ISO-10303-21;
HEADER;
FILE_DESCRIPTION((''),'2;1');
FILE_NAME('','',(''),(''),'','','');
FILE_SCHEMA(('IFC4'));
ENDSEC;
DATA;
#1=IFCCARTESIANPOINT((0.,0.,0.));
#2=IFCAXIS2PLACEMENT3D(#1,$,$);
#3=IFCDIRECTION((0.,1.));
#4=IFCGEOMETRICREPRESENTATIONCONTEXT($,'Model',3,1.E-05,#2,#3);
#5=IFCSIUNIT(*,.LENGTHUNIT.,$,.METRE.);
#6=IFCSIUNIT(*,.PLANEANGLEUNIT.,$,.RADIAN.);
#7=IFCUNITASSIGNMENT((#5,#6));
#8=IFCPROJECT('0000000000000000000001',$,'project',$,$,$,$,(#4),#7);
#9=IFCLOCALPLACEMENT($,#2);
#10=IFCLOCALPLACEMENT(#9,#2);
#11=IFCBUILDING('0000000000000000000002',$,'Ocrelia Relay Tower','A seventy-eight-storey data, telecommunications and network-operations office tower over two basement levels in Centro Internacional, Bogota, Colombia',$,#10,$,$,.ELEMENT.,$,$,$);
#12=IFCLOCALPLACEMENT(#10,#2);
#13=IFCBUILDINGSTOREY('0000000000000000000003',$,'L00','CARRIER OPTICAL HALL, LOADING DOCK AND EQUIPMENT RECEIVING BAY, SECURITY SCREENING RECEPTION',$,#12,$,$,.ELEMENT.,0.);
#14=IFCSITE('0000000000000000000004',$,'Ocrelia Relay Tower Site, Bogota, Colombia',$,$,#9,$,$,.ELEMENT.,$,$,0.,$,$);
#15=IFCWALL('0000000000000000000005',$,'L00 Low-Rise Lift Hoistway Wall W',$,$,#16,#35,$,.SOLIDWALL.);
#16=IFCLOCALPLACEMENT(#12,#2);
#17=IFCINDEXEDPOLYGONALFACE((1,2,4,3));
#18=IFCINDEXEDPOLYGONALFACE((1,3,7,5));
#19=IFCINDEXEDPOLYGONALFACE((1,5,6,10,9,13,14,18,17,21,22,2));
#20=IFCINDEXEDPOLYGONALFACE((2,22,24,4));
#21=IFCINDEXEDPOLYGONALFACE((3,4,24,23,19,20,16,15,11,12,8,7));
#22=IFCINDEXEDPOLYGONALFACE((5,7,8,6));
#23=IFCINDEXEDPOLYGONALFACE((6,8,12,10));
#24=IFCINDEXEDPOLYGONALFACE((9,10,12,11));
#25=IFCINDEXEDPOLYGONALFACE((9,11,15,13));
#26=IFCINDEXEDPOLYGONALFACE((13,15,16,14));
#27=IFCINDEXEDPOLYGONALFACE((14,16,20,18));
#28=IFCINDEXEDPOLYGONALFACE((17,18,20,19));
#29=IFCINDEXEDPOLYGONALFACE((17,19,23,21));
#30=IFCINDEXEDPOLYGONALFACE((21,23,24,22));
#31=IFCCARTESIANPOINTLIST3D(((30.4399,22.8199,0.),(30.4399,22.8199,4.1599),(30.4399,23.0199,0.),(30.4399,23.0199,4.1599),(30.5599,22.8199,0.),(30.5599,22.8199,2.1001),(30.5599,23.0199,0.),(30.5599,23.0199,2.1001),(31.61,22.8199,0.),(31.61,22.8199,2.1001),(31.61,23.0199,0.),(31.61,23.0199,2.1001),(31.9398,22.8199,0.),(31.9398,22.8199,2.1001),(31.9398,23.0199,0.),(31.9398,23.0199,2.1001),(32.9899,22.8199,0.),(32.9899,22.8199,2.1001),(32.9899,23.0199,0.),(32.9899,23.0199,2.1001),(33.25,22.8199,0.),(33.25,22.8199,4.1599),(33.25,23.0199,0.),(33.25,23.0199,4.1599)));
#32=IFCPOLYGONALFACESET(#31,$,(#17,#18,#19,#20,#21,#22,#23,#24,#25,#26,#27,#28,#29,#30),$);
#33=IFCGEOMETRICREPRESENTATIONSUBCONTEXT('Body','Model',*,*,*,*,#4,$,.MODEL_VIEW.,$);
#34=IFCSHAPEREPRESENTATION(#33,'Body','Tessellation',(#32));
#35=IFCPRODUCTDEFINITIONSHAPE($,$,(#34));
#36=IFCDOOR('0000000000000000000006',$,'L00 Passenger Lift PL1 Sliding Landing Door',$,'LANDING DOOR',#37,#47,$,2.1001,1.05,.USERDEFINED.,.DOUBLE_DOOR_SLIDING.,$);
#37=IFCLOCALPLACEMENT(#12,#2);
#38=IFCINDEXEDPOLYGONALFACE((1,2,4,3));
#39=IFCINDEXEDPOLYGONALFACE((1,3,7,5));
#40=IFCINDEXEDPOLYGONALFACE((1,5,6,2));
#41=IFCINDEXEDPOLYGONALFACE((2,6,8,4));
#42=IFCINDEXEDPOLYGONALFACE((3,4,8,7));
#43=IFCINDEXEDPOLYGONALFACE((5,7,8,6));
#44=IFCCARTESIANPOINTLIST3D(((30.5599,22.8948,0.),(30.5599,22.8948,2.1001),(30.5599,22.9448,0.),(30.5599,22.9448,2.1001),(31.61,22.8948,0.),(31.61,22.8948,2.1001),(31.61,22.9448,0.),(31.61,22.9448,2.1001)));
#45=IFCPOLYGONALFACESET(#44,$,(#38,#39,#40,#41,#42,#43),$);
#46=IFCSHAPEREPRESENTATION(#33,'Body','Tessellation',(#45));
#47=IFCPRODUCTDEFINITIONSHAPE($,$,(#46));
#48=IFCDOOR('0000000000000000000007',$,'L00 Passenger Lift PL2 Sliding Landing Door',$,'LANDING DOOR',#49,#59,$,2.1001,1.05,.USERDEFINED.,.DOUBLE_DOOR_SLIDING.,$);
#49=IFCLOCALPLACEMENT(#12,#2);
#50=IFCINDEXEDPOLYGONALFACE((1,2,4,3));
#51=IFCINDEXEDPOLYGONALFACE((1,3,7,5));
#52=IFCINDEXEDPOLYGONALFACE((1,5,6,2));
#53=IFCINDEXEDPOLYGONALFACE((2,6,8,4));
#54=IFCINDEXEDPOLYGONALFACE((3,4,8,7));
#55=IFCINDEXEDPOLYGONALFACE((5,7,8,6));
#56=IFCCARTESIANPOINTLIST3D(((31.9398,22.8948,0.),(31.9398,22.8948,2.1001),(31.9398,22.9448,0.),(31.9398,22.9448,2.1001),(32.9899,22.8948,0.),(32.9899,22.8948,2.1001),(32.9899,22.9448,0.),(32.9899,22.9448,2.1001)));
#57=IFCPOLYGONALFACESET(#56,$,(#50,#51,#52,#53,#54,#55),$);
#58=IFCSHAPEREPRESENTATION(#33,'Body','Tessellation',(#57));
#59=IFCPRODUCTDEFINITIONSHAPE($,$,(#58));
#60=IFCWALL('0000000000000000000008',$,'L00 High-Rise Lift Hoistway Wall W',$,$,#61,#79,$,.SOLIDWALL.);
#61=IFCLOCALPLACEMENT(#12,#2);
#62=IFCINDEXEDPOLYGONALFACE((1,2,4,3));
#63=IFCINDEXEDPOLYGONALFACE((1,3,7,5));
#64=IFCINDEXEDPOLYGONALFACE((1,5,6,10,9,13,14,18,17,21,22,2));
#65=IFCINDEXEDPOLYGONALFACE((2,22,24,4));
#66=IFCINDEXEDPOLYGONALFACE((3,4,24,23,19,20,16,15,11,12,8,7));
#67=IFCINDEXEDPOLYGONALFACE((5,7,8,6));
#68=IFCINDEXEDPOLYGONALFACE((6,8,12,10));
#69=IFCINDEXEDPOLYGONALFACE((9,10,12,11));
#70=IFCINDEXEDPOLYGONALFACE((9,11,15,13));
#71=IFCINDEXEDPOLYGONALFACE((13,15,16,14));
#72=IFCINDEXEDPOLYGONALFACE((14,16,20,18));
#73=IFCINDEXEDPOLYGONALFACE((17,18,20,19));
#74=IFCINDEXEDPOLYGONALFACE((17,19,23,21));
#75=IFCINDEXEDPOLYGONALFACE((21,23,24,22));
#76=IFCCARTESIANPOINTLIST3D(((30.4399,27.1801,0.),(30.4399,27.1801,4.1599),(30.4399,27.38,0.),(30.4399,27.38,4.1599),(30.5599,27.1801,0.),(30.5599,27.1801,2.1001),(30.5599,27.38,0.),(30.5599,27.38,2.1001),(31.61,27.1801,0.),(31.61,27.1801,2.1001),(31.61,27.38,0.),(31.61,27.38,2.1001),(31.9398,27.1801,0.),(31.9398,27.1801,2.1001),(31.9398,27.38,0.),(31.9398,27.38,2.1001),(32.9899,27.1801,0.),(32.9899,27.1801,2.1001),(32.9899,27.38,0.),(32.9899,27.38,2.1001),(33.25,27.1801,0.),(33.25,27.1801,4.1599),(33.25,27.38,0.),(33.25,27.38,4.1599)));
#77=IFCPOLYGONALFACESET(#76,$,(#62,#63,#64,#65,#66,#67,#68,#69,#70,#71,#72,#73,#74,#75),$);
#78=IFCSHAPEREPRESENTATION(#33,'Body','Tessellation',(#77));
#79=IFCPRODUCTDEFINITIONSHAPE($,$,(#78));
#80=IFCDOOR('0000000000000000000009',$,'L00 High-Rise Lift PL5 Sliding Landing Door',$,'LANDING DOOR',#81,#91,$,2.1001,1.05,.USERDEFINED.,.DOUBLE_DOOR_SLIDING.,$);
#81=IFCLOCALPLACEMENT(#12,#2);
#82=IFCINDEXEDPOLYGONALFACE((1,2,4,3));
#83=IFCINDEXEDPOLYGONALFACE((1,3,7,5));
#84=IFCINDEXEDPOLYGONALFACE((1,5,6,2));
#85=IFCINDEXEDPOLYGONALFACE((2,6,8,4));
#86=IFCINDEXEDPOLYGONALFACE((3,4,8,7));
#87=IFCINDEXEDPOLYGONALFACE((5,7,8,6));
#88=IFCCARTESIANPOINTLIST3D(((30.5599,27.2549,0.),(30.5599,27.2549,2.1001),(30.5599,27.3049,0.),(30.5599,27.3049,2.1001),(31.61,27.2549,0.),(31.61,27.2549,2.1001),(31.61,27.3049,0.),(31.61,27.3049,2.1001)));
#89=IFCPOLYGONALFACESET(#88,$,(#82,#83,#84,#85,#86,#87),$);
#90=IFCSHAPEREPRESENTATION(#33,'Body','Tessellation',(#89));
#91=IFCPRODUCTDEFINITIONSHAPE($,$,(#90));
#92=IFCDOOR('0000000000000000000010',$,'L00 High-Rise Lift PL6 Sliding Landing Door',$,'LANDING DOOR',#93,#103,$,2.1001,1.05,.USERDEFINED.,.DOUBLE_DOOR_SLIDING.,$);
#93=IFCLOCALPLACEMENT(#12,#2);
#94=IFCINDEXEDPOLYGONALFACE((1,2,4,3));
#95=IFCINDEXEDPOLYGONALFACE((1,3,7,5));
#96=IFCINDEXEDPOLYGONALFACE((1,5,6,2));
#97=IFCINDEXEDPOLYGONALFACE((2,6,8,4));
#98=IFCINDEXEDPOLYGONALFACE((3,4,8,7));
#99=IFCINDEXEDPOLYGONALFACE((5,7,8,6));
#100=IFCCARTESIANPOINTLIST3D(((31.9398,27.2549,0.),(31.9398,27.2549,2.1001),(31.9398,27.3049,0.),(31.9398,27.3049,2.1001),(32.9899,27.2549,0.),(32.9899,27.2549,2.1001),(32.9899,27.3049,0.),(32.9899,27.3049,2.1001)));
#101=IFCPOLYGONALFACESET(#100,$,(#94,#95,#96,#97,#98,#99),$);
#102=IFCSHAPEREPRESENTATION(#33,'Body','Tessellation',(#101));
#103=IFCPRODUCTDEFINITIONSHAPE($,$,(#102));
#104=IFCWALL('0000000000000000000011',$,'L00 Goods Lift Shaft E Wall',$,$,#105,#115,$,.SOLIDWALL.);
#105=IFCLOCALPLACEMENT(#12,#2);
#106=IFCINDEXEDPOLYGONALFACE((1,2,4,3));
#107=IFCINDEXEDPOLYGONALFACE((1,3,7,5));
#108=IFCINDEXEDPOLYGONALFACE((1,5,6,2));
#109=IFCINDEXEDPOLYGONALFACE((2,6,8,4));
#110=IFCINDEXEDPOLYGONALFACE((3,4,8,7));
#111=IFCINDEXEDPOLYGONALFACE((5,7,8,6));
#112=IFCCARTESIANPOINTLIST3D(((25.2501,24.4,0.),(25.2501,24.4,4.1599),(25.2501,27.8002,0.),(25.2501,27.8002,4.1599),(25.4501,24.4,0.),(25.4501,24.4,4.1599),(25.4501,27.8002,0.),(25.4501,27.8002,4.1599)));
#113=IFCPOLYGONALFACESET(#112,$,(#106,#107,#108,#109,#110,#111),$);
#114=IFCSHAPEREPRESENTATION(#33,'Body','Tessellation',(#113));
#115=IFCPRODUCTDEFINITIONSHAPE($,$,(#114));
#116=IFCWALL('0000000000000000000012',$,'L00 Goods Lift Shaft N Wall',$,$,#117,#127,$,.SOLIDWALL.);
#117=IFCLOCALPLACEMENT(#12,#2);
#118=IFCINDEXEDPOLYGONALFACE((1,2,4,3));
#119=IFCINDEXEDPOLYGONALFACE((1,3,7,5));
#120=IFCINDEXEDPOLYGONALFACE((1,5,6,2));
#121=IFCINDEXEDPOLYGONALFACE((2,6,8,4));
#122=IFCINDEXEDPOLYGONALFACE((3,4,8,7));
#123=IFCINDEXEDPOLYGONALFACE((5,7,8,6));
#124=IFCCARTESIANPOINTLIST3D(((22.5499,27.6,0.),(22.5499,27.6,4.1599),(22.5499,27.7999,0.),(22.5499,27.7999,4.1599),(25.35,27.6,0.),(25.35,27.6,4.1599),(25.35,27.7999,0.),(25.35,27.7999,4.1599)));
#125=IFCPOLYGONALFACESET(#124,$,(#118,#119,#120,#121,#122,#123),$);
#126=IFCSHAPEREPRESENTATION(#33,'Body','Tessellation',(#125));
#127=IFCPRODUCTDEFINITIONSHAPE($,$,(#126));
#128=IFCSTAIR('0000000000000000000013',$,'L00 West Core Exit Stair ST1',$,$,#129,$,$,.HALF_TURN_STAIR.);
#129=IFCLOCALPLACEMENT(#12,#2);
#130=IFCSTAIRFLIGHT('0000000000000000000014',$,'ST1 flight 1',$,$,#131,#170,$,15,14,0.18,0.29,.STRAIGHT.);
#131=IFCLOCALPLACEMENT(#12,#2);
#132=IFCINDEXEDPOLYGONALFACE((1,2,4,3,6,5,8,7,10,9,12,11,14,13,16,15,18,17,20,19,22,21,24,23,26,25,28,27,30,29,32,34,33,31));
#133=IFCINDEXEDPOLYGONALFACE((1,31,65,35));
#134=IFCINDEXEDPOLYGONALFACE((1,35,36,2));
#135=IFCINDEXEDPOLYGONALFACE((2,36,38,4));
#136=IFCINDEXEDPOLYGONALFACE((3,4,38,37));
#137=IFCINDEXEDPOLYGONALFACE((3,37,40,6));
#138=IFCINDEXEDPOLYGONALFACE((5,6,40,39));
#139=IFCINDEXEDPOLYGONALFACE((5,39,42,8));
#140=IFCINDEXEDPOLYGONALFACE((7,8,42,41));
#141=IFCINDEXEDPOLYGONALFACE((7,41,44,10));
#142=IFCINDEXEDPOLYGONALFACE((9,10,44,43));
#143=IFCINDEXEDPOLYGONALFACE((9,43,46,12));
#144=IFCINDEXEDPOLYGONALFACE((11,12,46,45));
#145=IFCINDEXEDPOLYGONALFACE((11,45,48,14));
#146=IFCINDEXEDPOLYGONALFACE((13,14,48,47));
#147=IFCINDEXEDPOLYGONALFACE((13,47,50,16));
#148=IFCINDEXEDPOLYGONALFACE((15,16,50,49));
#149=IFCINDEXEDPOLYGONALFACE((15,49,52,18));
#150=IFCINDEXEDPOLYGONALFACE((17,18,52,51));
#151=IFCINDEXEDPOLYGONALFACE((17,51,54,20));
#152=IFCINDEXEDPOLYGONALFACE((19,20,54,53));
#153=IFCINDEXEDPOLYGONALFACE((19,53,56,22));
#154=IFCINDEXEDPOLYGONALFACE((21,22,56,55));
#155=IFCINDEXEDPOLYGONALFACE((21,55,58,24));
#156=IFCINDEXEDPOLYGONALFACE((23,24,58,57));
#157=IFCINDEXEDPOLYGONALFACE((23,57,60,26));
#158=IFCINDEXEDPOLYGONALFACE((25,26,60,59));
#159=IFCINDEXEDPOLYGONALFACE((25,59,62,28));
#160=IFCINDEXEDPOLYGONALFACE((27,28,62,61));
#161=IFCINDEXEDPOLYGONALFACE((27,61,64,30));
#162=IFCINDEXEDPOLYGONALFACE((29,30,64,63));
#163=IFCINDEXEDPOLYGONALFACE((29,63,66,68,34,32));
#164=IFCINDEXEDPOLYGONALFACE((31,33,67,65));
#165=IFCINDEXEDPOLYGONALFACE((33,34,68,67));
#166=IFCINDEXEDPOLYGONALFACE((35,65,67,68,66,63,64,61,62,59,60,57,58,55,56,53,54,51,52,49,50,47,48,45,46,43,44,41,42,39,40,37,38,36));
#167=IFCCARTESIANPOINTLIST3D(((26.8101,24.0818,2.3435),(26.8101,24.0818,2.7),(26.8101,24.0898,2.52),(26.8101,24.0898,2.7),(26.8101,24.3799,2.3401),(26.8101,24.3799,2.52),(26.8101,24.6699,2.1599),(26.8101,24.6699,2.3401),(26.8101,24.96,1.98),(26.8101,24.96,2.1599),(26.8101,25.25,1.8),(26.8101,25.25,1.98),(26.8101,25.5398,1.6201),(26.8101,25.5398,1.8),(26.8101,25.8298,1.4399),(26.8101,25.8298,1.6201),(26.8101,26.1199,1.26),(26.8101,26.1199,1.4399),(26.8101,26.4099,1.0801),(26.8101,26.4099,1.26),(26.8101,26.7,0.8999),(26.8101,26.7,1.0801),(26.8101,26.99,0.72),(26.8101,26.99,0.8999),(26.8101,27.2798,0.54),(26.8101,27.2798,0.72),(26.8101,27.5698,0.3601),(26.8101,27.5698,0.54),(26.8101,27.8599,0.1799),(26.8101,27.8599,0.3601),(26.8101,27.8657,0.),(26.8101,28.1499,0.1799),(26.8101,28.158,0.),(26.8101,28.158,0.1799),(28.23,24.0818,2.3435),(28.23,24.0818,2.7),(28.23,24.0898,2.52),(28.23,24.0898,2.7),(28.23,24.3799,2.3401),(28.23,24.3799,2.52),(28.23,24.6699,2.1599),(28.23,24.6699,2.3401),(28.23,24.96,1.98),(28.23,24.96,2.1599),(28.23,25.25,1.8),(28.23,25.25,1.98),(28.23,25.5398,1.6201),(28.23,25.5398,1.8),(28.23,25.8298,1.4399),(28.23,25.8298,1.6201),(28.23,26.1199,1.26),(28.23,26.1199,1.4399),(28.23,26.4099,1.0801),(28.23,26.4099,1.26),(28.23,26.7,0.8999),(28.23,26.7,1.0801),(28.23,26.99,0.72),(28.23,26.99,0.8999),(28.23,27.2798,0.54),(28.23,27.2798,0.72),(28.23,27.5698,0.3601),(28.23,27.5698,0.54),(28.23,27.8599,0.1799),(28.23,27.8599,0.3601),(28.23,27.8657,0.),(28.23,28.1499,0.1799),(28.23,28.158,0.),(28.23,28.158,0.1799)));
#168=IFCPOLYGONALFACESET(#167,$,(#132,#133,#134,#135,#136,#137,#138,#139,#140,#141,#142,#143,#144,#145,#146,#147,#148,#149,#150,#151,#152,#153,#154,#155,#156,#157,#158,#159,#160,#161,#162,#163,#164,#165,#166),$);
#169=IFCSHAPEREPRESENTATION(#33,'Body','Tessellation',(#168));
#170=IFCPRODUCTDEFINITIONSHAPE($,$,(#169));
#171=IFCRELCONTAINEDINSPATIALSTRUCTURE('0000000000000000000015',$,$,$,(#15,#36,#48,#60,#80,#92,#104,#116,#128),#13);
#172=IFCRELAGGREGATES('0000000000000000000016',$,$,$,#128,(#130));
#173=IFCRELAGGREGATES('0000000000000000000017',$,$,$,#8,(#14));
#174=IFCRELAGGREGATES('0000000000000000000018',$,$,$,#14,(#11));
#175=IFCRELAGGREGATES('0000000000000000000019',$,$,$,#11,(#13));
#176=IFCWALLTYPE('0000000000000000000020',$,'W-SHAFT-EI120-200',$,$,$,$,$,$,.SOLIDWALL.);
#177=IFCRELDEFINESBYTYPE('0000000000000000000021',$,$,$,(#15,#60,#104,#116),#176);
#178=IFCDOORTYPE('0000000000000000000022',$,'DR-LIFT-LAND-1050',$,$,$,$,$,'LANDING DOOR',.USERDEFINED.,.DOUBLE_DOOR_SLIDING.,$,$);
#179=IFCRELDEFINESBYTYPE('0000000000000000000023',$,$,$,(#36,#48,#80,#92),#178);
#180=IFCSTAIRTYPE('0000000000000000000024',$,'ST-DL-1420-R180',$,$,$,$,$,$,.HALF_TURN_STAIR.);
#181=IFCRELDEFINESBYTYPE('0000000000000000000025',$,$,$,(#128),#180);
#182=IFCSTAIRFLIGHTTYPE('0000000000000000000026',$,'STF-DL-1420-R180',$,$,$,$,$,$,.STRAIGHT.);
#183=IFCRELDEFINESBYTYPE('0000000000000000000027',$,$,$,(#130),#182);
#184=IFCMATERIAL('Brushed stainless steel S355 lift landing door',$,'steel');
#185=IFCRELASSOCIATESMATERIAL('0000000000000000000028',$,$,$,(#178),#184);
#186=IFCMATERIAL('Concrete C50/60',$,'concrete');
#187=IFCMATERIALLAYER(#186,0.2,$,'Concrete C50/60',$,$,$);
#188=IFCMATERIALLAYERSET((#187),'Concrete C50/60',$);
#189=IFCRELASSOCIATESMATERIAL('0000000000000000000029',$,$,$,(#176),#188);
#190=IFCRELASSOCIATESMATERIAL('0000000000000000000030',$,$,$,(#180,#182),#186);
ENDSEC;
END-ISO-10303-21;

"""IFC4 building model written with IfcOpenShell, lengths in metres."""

from ifc_helpers import new_model, si_unit, direction, frame, frame_2d, origin, place, context, subcontext, project, spatial, polyline, rectangle, outline, extrude, material, layer, layer_set, type_object, element, fill, aggregate, save


model = new_model("IFC4")

# Units and contexts
model_context = context("Model", 3, precision=1e-05, world=origin(), true_north=direction((0.0, 1.0)))
body_context = subcontext(model_context, "Body", "Model", "MODEL_VIEW")
ifc_project = project(units=[si_unit("LENGTHUNIT", "METRE"), si_unit("PLANEANGLEUNIT", "RADIAN")], contexts=[model_context])

# Site, building, storey
site_placement = place(None, origin())
site = spatial("IfcSite", under=ifc_project, at=site_placement, Name="Ocrelia Relay Tower Site, Bogota, Colombia", CompositionType="ELEMENT", RefElevation=0.0)
building_placement = place(site_placement, origin())
building = spatial("IfcBuilding", under=site, at=building_placement, Name="Ocrelia Relay Tower", Description="A seventy-eight-storey data, telecommunications and network-operations office tower over two basement levels in Centro Internacional, Bogota, Colombia", CompositionType="ELEMENT")
storey_placement = place(building_placement, origin())
storey = spatial("IfcBuildingStorey", under=building, at=storey_placement, Name="L00", Description="CARRIER OPTICAL HALL, LOADING DOCK AND EQUIPMENT RECEIVING BAY, SECURITY SCREENING RECEPTION", CompositionType="ELEMENT", Elevation=0.0)

# Shared definitions
ifc_material_1 = material(Name="Concrete C50/60", Category="concrete")

# Shared definitions
ifc_material_2 = material(Name="Brushed stainless steel S355 lift landing door", Category="steel")
door_type_1 = type_object("IfcDoorType", Name="DR-LIFT-LAND-1050", ElementType="LANDING DOOR", OperationType="DOUBLE_DOOR_SLIDING", PredefinedType="USERDEFINED", material=ifc_material_2)

# Shared definitions
ifc_layer_1 = layer(ifc_material_1, 0.2, Name="Concrete C50/60")
ifc_layer_set_1 = layer_set([ifc_layer_1], Name="Concrete C50/60")
wall_type_1 = type_object("IfcWallType", Name="W-SHAFT-EI120-200", PredefinedType="SOLIDWALL", material=ifc_layer_set_1)

# Walls, openings, doors
wall_1_placement = place(storey_placement, frame((30.4399, 22.9199, 0.0), z_axis=(0.0, 0.0, 1.0), x_axis=(1.0, 0.0, 0.0)))
wall_1 = element("IfcWall", 1, at=wall_1_placement, inside=storey, type_object=wall_type_1, Name="L00 Low-Rise Lift Hoistway Wall W", PredefinedType="SOLIDWALL", context=body_context, shape_type="SweptSolid", body=[
    extrude(rectangle(XDim=2.8101, YDim=0.2, at=frame_2d((1.405, 0.0))), origin(), (0.0, 0.0, 1.0), 4.1599),
])
opening_1_placement = place(wall_1_placement, frame((0.1201, 0.0, 0.0)))
opening_1 = element("IfcOpeningElement", 2, at=opening_1_placement, cuts=wall_1, PredefinedType="OPENING", context=body_context, shape_type="SweptSolid", body=[
    extrude(rectangle(XDim=1.05, YDim=2.1001, at=frame_2d((0.5249, 1.05))), frame((0.0, 0.1099, 0.0), z_axis=(0.0, -1.0, 0.0), x_axis=(1.0, 0.0, 0.0)), (0.0, 0.0, 1.0), 0.22),
])
opening_2_placement = place(wall_1_placement, frame((1.5, 0.0, 0.0)))
opening_2 = element("IfcOpeningElement", 3, at=opening_2_placement, cuts=wall_1, PredefinedType="OPENING", context=body_context, shape_type="SweptSolid", body=[
    extrude(rectangle(XDim=1.05, YDim=2.1001, at=frame_2d((0.5249, 1.05))), frame((0.0, 0.1099, 0.0), z_axis=(0.0, -1.0, 0.0), x_axis=(1.0, 0.0, 0.0)), (0.0, 0.0, 1.0), 0.22),
])
door_1_placement = place(opening_1_placement, origin())
door_1 = element("IfcDoor", 4, at=door_1_placement, inside=storey, type_object=door_type_1, Name="L00 Passenger Lift PL1 Sliding Landing Door", ObjectType="LANDING DOOR", OperationType="DOUBLE_DOOR_SLIDING", OverallHeight=2.1001, OverallWidth=1.05, PredefinedType="USERDEFINED", context=body_context, shape_type="SweptSolid", body=[
    extrude(rectangle(XDim=1.05, YDim=2.1001, at=frame_2d((0.5249, 1.05))), frame((0.0, 0.0249, 0.0), z_axis=(0.0, -1.0, 0.0), x_axis=(1.0, 0.0, 0.0)), (0.0, 0.0, 1.0), 0.05),
])
fill(opening_1, door_1)
door_2_placement = place(opening_2_placement, origin())
door_2 = element("IfcDoor", 5, at=door_2_placement, inside=storey, type_object=door_type_1, Name="L00 Passenger Lift PL2 Sliding Landing Door", ObjectType="LANDING DOOR", OperationType="DOUBLE_DOOR_SLIDING", OverallHeight=2.1001, OverallWidth=1.05, PredefinedType="USERDEFINED", context=body_context, shape_type="SweptSolid", body=[
    extrude(rectangle(XDim=1.05, YDim=2.1001, at=frame_2d((0.5249, 1.05))), frame((0.0, 0.0249, 0.0), z_axis=(0.0, -1.0, 0.0), x_axis=(1.0, 0.0, 0.0)), (0.0, 0.0, 1.0), 0.05),
])
fill(opening_2, door_2)
wall_2_placement = place(storey_placement, frame((30.4399, 27.28, 0.0), z_axis=(0.0, 0.0, 1.0), x_axis=(1.0, 0.0, 0.0)))
wall_2 = element("IfcWall", 6, at=wall_2_placement, inside=storey, type_object=wall_type_1, Name="L00 High-Rise Lift Hoistway Wall W", PredefinedType="SOLIDWALL", context=body_context, shape_type="SweptSolid", body=[
    extrude(rectangle(XDim=2.8101, YDim=0.2, at=frame_2d((1.405, 0.0))), origin(), (0.0, 0.0, 1.0), 4.1599),
])
opening_3_placement = place(wall_2_placement, frame((0.1201, 0.0, 0.0)))
opening_3 = element("IfcOpeningElement", 7, at=opening_3_placement, cuts=wall_2, PredefinedType="OPENING", context=body_context, shape_type="SweptSolid", body=[
    extrude(rectangle(XDim=1.05, YDim=2.1001, at=frame_2d((0.5249, 1.05))), frame((0.0, 0.1099, 0.0), z_axis=(0.0, -1.0, 0.0), x_axis=(1.0, 0.0, 0.0)), (0.0, 0.0, 1.0), 0.22),
])
opening_4_placement = place(wall_2_placement, frame((1.5, 0.0, 0.0)))
opening_4 = element("IfcOpeningElement", 8, at=opening_4_placement, cuts=wall_2, PredefinedType="OPENING", context=body_context, shape_type="SweptSolid", body=[
    extrude(rectangle(XDim=1.05, YDim=2.1001, at=frame_2d((0.5249, 1.05))), frame((0.0, 0.1099, 0.0), z_axis=(0.0, -1.0, 0.0), x_axis=(1.0, 0.0, 0.0)), (0.0, 0.0, 1.0), 0.22),
])
door_3_placement = place(opening_3_placement, origin())
door_3 = element("IfcDoor", 9, at=door_3_placement, inside=storey, type_object=door_type_1, Name="L00 High-Rise Lift PL5 Sliding Landing Door", ObjectType="LANDING DOOR", OperationType="DOUBLE_DOOR_SLIDING", OverallHeight=2.1001, OverallWidth=1.05, PredefinedType="USERDEFINED", context=body_context, shape_type="SweptSolid", body=[
    extrude(rectangle(XDim=1.05, YDim=2.1001, at=frame_2d((0.5249, 1.05))), frame((0.0, 0.0249, 0.0), z_axis=(0.0, -1.0, 0.0), x_axis=(1.0, 0.0, 0.0)), (0.0, 0.0, 1.0), 0.05),
])
fill(opening_3, door_3)
door_4_placement = place(opening_4_placement, origin())
door_4 = element("IfcDoor", 10, at=door_4_placement, inside=storey, type_object=door_type_1, Name="L00 High-Rise Lift PL6 Sliding Landing Door", ObjectType="LANDING DOOR", OperationType="DOUBLE_DOOR_SLIDING", OverallHeight=2.1001, OverallWidth=1.05, PredefinedType="USERDEFINED", context=body_context, shape_type="SweptSolid", body=[
    extrude(rectangle(XDim=1.05, YDim=2.1001, at=frame_2d((0.5249, 1.05))), frame((0.0, 0.0249, 0.0), z_axis=(0.0, -1.0, 0.0), x_axis=(1.0, 0.0, 0.0)), (0.0, 0.0, 1.0), 0.05),
])
fill(opening_4, door_4)

# Walls
wall_3_placement = place(storey_placement, frame((25.3501, 24.3999, 0.0), z_axis=(0.0, 0.0, 1.0), x_axis=(0.0, 1.0, 0.0)))
element("IfcWall", 11, at=wall_3_placement, inside=storey, type_object=wall_type_1, Name="L00 Goods Lift Shaft E Wall", PredefinedType="SOLIDWALL", context=body_context, shape_type="SweptSolid", body=[
    extrude(rectangle(XDim=3.4001, YDim=0.2, at=frame_2d((1.7002, 0.0))), origin(), (0.0, 0.0, 1.0), 4.1599),
])
wall_4_placement = place(storey_placement, frame((22.55, 27.7, 0.0), z_axis=(0.0, 0.0, 1.0), x_axis=(1.0, 0.0, 0.0)))
element("IfcWall", 12, at=wall_4_placement, inside=storey, type_object=wall_type_1, Name="L00 Goods Lift Shaft N Wall", PredefinedType="SOLIDWALL", context=body_context, shape_type="SweptSolid", body=[
    extrude(rectangle(XDim=2.8, YDim=0.2, at=frame_2d((1.3999, 0.0))), origin(), (0.0, 0.0, 1.0), 4.1599),
])

# Stair, stair flight
stair_type = type_object("IfcStairType", Name="ST-DL-1420-R180", PredefinedType="HALF_TURN_STAIR", material=ifc_material_1)
stair_placement = place(storey_placement, origin())
stair = element("IfcStair", 13, at=stair_placement, inside=storey, type_object=stair_type, Name="L00 West Core Exit Stair ST1", PredefinedType="HALF_TURN_STAIR")
stair_flight_type = type_object("IfcStairFlightType", Name="STF-DL-1420-R180", PredefinedType="STRAIGHT", material=ifc_material_1)
stair_flight_1_placement = place(storey_placement, frame((27.52, 28.1499, 0.0), z_axis=(0.0, 0.0, 1.0), x_axis=(0.0, -1.0, 0.0)))
stair_flight_1 = element("IfcStairFlight", 14, at=stair_flight_1_placement, type_object=stair_flight_type, Name="ST1 flight 1", NumberOfRisers=15, NumberOfTreads=14, PredefinedType="STRAIGHT", RiserHeight=0.18, TreadLength=0.29, context=body_context, shape_type="SweptSolid", body=[
    extrude(outline(polyline([(-0.0081, 0.0), (-0.0081, 0.1799), (0.0, 0.1799), (0.29, 0.1799), (0.29, 0.3601), (0.5801, 0.3601), (0.5801, 0.54), (0.8701, 0.54), (0.8701, 0.72), (1.1599, 0.72), (1.1599, 0.8999), (1.45, 0.8999), (1.45, 1.0801), (1.74, 1.0801), (1.74, 1.26), (2.03, 1.26), (2.03, 1.4399), (2.3201, 1.4399), (2.3201, 1.6201), (2.6101, 1.6201), (2.6101, 1.8), (2.8999, 1.8), (2.8999, 1.98), (3.1899, 1.98), (3.1899, 2.1599), (3.48, 2.1599), (3.48, 2.3401), (3.77, 2.3401), (3.77, 2.52), (4.0601, 2.52), (4.0601, 2.7), (4.0681, 2.7), (4.0681, 2.3435), (0.2842, 0.0), (-0.0081, 0.0)])), frame((0.0, 0.71, 0.0), z_axis=(0.0, -1.0, 0.0), x_axis=(1.0, 0.0, 0.0)), (0.0, 0.0, 1.0), 1.4199),
])
aggregate(stair, [stair_flight_1])

save(model, "model.ifc")
